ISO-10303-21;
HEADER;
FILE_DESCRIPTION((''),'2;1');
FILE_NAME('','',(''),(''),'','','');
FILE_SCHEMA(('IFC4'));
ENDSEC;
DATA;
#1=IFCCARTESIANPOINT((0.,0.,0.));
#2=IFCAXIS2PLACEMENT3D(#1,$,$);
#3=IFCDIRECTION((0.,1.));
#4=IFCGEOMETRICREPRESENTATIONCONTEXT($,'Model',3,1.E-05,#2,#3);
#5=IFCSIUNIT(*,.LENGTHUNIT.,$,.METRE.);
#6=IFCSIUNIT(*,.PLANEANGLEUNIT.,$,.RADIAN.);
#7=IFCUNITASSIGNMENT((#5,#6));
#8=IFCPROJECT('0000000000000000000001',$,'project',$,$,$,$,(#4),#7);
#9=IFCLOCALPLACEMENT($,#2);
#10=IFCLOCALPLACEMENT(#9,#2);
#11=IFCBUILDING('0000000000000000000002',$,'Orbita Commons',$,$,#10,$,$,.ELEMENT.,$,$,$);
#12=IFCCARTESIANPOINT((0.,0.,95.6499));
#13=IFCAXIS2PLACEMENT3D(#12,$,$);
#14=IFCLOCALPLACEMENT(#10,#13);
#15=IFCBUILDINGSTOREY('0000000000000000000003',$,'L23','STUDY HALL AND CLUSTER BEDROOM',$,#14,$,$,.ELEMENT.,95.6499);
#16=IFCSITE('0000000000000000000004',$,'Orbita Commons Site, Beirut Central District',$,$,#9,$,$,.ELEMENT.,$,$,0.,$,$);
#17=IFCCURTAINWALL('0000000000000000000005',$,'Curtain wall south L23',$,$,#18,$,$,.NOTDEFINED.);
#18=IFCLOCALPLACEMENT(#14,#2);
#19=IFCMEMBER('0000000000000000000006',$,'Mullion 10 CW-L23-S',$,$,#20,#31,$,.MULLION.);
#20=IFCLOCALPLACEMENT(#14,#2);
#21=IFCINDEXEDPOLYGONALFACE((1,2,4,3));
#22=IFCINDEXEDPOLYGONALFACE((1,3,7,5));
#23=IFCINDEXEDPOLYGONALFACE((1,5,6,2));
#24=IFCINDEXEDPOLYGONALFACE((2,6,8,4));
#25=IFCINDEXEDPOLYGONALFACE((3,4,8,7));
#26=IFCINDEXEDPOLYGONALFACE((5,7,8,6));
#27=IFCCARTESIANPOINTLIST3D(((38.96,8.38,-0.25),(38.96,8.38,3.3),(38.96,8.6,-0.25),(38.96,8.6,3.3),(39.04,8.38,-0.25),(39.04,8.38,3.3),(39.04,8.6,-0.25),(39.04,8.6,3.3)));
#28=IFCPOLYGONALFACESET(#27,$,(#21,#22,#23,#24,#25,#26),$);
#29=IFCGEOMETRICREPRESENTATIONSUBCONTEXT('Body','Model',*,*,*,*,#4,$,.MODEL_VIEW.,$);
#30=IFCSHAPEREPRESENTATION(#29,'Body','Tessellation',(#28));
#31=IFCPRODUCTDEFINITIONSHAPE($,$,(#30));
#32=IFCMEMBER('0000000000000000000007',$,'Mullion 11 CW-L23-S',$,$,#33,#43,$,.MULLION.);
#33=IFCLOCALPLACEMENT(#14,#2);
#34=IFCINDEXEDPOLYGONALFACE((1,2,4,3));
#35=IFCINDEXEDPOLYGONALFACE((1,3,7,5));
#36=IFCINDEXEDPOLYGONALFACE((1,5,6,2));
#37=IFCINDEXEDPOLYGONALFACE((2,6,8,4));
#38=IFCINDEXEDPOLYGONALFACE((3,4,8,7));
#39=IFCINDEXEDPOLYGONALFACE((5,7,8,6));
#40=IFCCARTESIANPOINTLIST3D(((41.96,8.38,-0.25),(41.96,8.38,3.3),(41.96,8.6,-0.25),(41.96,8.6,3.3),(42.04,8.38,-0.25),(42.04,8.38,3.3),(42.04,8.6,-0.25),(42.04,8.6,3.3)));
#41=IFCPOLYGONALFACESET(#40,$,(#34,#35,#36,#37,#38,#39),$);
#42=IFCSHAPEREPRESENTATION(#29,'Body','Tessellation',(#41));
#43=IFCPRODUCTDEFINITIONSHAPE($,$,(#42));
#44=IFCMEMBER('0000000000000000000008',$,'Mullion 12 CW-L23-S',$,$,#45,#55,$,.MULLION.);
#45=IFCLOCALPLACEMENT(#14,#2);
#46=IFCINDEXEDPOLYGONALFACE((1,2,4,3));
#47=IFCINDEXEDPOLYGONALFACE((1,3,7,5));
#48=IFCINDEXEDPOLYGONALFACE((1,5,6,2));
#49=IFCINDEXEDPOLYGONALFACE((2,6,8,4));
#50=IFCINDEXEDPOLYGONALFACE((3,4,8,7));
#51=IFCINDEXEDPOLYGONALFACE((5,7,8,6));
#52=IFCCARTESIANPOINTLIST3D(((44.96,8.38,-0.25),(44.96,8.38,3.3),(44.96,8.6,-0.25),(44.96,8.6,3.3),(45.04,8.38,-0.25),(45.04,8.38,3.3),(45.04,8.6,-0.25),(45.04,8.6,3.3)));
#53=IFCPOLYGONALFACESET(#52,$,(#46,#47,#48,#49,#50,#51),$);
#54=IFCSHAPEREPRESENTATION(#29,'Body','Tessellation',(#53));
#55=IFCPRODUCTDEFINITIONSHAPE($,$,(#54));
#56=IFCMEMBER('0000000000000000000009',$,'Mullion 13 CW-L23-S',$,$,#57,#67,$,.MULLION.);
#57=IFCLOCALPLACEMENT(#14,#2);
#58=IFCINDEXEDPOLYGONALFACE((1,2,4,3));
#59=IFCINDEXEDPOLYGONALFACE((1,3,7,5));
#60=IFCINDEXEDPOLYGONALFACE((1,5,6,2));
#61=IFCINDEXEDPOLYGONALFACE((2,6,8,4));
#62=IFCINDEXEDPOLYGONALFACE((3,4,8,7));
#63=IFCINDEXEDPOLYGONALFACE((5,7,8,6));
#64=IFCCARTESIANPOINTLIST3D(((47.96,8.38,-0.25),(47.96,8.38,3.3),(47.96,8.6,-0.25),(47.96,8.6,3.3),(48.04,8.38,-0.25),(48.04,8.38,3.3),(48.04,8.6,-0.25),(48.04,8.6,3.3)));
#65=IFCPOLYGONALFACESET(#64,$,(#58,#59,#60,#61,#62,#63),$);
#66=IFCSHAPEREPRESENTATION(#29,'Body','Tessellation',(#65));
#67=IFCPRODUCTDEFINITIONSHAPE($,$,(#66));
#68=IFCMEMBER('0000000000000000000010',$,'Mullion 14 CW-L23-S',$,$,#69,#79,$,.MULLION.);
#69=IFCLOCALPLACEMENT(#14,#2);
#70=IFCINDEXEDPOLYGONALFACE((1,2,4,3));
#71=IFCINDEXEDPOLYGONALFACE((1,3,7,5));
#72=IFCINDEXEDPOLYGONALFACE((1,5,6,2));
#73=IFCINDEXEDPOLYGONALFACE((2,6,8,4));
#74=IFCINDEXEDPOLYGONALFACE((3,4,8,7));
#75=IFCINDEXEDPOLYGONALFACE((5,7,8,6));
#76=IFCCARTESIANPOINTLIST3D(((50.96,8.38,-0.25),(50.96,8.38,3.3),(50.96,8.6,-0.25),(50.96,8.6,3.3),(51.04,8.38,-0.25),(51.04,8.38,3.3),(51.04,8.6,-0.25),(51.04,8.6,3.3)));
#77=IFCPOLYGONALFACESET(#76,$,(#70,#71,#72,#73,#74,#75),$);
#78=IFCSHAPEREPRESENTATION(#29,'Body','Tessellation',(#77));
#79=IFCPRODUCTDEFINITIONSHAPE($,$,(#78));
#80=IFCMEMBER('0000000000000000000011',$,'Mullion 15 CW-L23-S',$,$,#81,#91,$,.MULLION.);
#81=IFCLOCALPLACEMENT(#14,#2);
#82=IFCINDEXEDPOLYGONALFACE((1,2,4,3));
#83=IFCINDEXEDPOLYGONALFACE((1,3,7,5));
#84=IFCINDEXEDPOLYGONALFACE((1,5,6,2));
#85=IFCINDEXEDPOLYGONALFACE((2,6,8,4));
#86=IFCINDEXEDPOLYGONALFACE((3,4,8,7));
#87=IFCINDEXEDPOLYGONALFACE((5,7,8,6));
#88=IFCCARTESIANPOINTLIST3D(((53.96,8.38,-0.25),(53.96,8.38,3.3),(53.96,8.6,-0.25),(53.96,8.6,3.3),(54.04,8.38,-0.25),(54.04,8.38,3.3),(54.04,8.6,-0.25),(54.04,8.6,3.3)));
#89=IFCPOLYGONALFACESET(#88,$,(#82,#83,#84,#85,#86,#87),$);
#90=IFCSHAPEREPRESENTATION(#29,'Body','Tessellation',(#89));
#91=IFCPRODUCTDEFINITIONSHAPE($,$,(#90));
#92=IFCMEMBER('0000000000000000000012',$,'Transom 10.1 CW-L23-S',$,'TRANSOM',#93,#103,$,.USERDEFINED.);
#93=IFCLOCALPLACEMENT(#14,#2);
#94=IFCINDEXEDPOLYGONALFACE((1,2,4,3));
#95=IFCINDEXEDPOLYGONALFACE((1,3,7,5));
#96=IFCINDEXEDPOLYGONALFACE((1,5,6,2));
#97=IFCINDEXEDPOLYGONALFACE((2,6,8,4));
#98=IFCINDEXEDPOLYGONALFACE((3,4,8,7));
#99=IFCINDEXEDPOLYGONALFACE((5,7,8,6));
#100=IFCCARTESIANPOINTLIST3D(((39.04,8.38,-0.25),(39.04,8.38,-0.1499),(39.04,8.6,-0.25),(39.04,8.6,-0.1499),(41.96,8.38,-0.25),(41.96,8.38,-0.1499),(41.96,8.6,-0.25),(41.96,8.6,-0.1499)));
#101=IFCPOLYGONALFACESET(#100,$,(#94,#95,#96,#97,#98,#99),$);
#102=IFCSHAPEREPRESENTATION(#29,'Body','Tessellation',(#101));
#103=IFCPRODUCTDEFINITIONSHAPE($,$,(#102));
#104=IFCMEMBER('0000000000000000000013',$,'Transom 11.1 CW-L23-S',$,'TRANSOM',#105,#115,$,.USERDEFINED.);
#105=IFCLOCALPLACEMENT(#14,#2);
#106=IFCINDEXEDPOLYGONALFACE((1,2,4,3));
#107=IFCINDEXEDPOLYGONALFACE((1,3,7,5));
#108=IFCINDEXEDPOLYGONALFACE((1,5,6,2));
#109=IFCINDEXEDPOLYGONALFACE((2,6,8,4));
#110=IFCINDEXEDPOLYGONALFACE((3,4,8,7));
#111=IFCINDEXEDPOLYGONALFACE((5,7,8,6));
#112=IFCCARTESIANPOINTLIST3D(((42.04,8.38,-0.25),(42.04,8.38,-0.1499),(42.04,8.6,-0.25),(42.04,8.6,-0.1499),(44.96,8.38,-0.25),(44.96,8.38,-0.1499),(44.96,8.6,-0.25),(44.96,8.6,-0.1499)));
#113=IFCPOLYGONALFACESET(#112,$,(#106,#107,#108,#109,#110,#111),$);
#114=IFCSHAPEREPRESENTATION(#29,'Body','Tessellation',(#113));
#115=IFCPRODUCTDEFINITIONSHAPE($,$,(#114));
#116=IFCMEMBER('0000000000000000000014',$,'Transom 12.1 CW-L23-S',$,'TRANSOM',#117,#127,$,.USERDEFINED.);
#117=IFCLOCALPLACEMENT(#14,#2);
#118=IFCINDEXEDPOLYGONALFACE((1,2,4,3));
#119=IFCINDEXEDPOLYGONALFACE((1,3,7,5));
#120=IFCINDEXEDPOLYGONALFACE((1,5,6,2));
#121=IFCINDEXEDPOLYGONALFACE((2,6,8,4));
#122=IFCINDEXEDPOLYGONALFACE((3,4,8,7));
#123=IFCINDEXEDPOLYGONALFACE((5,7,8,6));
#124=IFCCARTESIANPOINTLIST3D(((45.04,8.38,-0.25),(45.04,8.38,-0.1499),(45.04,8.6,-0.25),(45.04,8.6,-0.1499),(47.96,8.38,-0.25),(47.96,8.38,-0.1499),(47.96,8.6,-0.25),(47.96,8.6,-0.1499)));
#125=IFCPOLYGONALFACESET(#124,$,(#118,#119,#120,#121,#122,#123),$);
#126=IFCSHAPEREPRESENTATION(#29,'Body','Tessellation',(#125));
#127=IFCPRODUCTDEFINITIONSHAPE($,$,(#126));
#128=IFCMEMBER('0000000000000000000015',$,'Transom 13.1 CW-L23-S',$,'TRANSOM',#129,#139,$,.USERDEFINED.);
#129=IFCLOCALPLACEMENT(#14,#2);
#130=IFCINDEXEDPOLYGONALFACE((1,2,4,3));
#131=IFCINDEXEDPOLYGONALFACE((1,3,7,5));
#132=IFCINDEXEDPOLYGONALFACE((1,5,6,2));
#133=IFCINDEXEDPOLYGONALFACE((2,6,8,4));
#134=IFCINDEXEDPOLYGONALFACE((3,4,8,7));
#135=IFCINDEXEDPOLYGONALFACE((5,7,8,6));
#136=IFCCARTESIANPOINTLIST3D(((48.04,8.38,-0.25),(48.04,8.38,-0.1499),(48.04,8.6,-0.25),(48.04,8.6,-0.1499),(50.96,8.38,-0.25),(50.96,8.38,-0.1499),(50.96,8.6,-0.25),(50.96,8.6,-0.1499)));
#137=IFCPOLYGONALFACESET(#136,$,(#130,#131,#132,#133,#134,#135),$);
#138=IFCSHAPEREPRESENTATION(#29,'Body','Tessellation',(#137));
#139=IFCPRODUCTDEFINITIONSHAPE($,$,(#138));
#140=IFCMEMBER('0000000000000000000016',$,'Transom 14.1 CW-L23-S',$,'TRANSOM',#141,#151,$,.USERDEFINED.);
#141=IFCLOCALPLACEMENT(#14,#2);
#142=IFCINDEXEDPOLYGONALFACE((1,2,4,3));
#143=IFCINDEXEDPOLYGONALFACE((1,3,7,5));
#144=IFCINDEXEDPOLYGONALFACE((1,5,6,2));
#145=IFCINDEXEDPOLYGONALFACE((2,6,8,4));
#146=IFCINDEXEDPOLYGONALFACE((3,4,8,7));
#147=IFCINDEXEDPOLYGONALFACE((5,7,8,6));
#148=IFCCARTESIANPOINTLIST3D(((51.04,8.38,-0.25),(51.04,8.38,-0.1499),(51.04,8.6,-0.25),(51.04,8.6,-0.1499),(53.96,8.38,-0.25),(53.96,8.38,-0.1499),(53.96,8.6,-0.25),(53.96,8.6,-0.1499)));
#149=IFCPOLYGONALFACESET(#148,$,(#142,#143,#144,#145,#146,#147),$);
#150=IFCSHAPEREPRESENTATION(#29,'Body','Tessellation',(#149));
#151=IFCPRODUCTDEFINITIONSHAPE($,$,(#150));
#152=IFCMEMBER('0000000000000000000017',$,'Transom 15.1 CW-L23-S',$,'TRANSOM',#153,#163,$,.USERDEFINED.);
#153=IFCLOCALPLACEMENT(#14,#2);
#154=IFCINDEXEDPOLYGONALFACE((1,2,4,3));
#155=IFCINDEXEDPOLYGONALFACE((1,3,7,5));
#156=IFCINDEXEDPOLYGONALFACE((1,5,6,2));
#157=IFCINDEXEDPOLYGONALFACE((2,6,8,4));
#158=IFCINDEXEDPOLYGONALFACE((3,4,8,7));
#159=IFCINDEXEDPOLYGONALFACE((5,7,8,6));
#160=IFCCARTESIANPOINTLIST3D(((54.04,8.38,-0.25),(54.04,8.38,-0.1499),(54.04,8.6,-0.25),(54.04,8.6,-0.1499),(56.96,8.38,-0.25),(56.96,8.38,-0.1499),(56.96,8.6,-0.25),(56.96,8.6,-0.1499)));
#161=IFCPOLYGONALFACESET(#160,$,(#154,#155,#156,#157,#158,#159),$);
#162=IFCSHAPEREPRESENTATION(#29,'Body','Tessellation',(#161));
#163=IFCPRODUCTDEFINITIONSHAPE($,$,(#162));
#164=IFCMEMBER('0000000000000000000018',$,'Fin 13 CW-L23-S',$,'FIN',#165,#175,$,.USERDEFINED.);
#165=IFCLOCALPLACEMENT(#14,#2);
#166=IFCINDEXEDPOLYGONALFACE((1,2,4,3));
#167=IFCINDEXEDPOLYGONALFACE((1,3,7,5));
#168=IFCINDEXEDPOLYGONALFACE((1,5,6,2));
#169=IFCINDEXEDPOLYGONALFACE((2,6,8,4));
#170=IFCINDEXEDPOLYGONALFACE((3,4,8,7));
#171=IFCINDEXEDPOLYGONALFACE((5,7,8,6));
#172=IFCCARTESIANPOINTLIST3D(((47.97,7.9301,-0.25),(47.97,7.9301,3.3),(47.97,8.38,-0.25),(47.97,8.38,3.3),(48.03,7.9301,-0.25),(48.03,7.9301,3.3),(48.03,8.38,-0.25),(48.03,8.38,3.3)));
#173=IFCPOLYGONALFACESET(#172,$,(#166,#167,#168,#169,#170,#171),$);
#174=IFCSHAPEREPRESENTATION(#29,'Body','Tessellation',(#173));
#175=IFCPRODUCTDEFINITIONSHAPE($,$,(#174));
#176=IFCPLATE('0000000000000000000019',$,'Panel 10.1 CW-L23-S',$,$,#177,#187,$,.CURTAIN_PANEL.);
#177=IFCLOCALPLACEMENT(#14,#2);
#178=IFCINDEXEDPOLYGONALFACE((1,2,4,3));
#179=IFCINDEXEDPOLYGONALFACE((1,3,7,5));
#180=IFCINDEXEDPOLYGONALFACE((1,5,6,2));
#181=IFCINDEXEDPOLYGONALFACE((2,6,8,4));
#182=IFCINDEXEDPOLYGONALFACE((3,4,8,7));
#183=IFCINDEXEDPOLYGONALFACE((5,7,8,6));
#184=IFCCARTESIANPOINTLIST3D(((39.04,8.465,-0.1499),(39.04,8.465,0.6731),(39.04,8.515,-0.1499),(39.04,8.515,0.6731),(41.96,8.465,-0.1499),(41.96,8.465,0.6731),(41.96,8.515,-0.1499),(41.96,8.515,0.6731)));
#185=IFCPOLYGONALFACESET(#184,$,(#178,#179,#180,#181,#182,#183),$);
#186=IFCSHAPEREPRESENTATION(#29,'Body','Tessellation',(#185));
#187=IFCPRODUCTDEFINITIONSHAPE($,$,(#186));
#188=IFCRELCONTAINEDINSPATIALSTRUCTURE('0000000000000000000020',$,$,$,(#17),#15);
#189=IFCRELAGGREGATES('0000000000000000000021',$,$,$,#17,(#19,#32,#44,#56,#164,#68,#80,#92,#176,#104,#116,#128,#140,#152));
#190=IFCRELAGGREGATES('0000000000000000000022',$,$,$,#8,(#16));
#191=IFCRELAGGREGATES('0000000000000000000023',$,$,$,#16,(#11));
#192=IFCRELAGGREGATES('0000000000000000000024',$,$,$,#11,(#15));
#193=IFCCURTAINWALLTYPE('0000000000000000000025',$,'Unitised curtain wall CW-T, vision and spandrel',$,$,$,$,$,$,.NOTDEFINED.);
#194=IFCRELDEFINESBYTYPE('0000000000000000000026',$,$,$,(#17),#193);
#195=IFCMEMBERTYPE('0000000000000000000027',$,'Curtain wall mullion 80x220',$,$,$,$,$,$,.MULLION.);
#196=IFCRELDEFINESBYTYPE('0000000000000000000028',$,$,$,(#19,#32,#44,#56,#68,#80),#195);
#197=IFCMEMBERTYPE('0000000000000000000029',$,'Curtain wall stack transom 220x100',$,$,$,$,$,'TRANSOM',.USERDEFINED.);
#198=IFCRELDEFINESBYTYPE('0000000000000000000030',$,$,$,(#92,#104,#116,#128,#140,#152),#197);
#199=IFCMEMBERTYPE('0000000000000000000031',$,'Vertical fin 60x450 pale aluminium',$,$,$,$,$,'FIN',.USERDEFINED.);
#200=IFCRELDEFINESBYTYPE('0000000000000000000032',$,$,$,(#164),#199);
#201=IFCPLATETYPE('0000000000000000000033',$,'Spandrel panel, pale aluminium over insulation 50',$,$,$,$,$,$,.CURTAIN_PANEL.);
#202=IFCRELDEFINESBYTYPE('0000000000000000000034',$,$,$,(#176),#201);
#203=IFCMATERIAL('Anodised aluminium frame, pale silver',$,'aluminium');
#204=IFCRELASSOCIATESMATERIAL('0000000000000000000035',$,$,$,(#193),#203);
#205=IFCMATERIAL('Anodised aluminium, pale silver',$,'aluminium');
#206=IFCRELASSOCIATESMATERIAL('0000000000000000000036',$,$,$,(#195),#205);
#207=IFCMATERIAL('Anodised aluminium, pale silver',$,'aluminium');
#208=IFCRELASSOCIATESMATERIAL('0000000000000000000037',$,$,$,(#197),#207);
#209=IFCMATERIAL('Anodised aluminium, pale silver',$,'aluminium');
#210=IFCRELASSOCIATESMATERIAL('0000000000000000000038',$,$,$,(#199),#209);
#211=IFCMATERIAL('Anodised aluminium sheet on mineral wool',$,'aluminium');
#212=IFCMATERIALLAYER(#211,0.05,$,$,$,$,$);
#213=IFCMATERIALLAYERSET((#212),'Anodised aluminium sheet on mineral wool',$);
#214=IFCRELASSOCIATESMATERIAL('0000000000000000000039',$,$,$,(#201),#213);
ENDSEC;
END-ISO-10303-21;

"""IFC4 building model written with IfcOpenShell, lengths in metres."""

from ifc_helpers import new_model, si_unit, direction, frame, origin, origin_2d, place, context, subcontext, project, spatial, rectangle, extrude, material, layer, layer_set, material_profile, profile_set, type_object, element, aggregate, save


model = new_model("IFC4")

# Units and contexts
model_context = context("Model", 3, precision=1e-05, world=origin(), true_north=direction((0.0, 1.0)))
body_context = subcontext(model_context, "Body", "Model", "MODEL_VIEW")
ifc_project = project(units=[si_unit("LENGTHUNIT", "METRE"), si_unit("PLANEANGLEUNIT", "RADIAN")], contexts=[model_context])

# Site, building, storey
site_placement = place(None, origin())
site = spatial("IfcSite", under=ifc_project, at=site_placement, Name="Orbita Commons Site, Beirut Central District", CompositionType="ELEMENT", RefElevation=0.0)
building_placement = place(site_placement, origin())
building = spatial("IfcBuilding", under=site, at=building_placement, Name="Orbita Commons", CompositionType="ELEMENT")
storey_placement = place(building_placement, frame((0.0, 0.0, 95.6499)))
storey = spatial("IfcBuildingStorey", under=building, at=storey_placement, Name="L23", Description="STUDY HALL AND CLUSTER BEDROOM", CompositionType="ELEMENT", Elevation=95.6499)

# Curtain wall, members, plate
ifc_material_1 = material(Name="Anodised aluminium frame, pale silver", Category="aluminium")
curtain_wall_type = type_object("IfcCurtainWallType", Name="Unitised curtain wall CW-T, vision and spandrel", PredefinedType="NOTDEFINED", material=ifc_material_1)
curtain_wall_placement = place(storey_placement, origin())
curtain_wall = element("IfcCurtainWall", 1, at=curtain_wall_placement, inside=storey, type_object=curtain_wall_type, Name="Curtain wall south L23", PredefinedType="NOTDEFINED")
ifc_material_2 = material(Name="Anodised aluminium, pale silver", Category="aluminium")
ifc_material_profile_1 = material_profile(ifc_material_2, rectangle(XDim=0.0801, YDim=0.22, at=origin_2d()), Name="AL 80x220")
ifc_profile_set_1 = profile_set([ifc_material_profile_1], Name="Anodised aluminium, pale silver")
member_type_1 = type_object("IfcMemberType", Name="Curtain wall mullion 80x220", PredefinedType="MULLION", material=ifc_profile_set_1)
member_1_placement = place(storey_placement, frame((39.0, 8.49, -0.25), z_axis=(0.0, 0.0, 1.0), x_axis=(1.0, 0.0, 0.0)))
member_1 = element("IfcMember", 2, at=member_1_placement, type_object=member_type_1, Name="Mullion 10 CW-L23-S", PredefinedType="MULLION", context=body_context, shape_type="SweptSolid", body=[
    extrude(rectangle(XDim=0.0801, YDim=0.22, at=origin_2d()), origin(), (0.0, 0.0, 1.0), 3.55),
])
member_2_placement = place(storey_placement, frame((42.0, 8.49, -0.25), z_axis=(0.0, 0.0, 1.0), x_axis=(1.0, 0.0, 0.0)))
member_2 = element("IfcMember", 3, at=member_2_placement, type_object=member_type_1, Name="Mullion 11 CW-L23-S", PredefinedType="MULLION", context=body_context, shape_type="SweptSolid", body=[
    extrude(rectangle(XDim=0.0801, YDim=0.22, at=origin_2d()), origin(), (0.0, 0.0, 1.0), 3.55),
])
member_3_placement = place(storey_placement, frame((45.0, 8.49, -0.25), z_axis=(0.0, 0.0, 1.0), x_axis=(1.0, 0.0, 0.0)))
member_3 = element("IfcMember", 4, at=member_3_placement, type_object=member_type_1, Name="Mullion 12 CW-L23-S", PredefinedType="MULLION", context=body_context, shape_type="SweptSolid", body=[
    extrude(rectangle(XDim=0.0801, YDim=0.22, at=origin_2d()), origin(), (0.0, 0.0, 1.0), 3.55),
])
member_4_placement = place(storey_placement, frame((48.0, 8.49, -0.25), z_axis=(0.0, 0.0, 1.0), x_axis=(1.0, 0.0, 0.0)))
member_4 = element("IfcMember", 5, at=member_4_placement, type_object=member_type_1, Name="Mullion 13 CW-L23-S", PredefinedType="MULLION", context=body_context, shape_type="SweptSolid", body=[
    extrude(rectangle(XDim=0.0801, YDim=0.22, at=origin_2d()), origin(), (0.0, 0.0, 1.0), 3.55),
])
member_5_placement = place(storey_placement, frame((51.0, 8.49, -0.25), z_axis=(0.0, 0.0, 1.0), x_axis=(1.0, 0.0, 0.0)))
member_5 = element("IfcMember", 6, at=member_5_placement, type_object=member_type_1, Name="Mullion 14 CW-L23-S", PredefinedType="MULLION", context=body_context, shape_type="SweptSolid", body=[
    extrude(rectangle(XDim=0.0801, YDim=0.22, at=origin_2d()), origin(), (0.0, 0.0, 1.0), 3.55),
])
member_6_placement = place(storey_placement, frame((54.0, 8.49, -0.25), z_axis=(0.0, 0.0, 1.0), x_axis=(1.0, 0.0, 0.0)))
member_6 = element("IfcMember", 7, at=member_6_placement, type_object=member_type_1, Name="Mullion 15 CW-L23-S", PredefinedType="MULLION", context=body_context, shape_type="SweptSolid", body=[
    extrude(rectangle(XDim=0.0801, YDim=0.22, at=origin_2d()), origin(), (0.0, 0.0, 1.0), 3.55),
])
ifc_material_3 = material(Name="Anodised aluminium, pale silver", Category="aluminium")
ifc_material_profile_2 = material_profile(ifc_material_3, rectangle(XDim=0.22, YDim=0.1001, at=origin_2d()), Name="AL 220x100")
ifc_profile_set_2 = profile_set([ifc_material_profile_2], Name="Anodised aluminium, pale silver")
member_type_2 = type_object("IfcMemberType", Name="Curtain wall stack transom 220x100", ElementType="TRANSOM", PredefinedType="USERDEFINED", material=ifc_profile_set_2)
member_7_placement = place(storey_placement, frame((39.04, 8.49, -0.2), z_axis=(1.0, 0.0, 0.0), x_axis=(0.0, 1.0, 0.0)))
member_7 = element("IfcMember", 8, at=member_7_placement, type_object=member_type_2, Name="Transom 10.1 CW-L23-S", ObjectType="TRANSOM", PredefinedType="USERDEFINED", context=body_context, shape_type="SweptSolid", body=[
    extrude(rectangle(XDim=0.22, YDim=0.1001, at=origin_2d()), origin(), (0.0, 0.0, 1.0), 2.9199),
])
member_8_placement = place(storey_placement, frame((42.04, 8.49, -0.2), z_axis=(1.0, 0.0, 0.0), x_axis=(0.0, 1.0, 0.0)))
member_8 = element("IfcMember", 9, at=member_8_placement, type_object=member_type_2, Name="Transom 11.1 CW-L23-S", ObjectType="TRANSOM", PredefinedType="USERDEFINED", context=body_context, shape_type="SweptSolid", body=[
    extrude(rectangle(XDim=0.22, YDim=0.1001, at=origin_2d()), origin(), (0.0, 0.0, 1.0), 2.9199),
])
member_9_placement = place(storey_placement, frame((45.04, 8.49, -0.2), z_axis=(1.0, 0.0, 0.0), x_axis=(0.0, 1.0, 0.0)))
member_9 = element("IfcMember", 10, at=member_9_placement, type_object=member_type_2, Name="Transom 12.1 CW-L23-S", ObjectType="TRANSOM", PredefinedType="USERDEFINED", context=body_context, shape_type="SweptSolid", body=[
    extrude(rectangle(XDim=0.22, YDim=0.1001, at=origin_2d()), origin(), (0.0, 0.0, 1.0), 2.9199),
])
member_10_placement = place(storey_placement, frame((48.04, 8.49, -0.2), z_axis=(1.0, 0.0, 0.0), x_axis=(0.0, 1.0, 0.0)))
member_10 = element("IfcMember", 11, at=member_10_placement, type_object=member_type_2, Name="Transom 13.1 CW-L23-S", ObjectType="TRANSOM", PredefinedType="USERDEFINED", context=body_context, shape_type="SweptSolid", body=[
    extrude(rectangle(XDim=0.22, YDim=0.1001, at=origin_2d()), origin(), (0.0, 0.0, 1.0), 2.9199),
])
member_11_placement = place(storey_placement, frame((51.04, 8.49, -0.2), z_axis=(1.0, 0.0, 0.0), x_axis=(0.0, 1.0, 0.0)))
member_11 = element("IfcMember", 12, at=member_11_placement, type_object=member_type_2, Name="Transom 14.1 CW-L23-S", ObjectType="TRANSOM", PredefinedType="USERDEFINED", context=body_context, shape_type="SweptSolid", body=[
    extrude(rectangle(XDim=0.22, YDim=0.1001, at=origin_2d()), origin(), (0.0, 0.0, 1.0), 2.9199),
])
member_12_placement = place(storey_placement, frame((54.04, 8.49, -0.2), z_axis=(1.0, 0.0, 0.0), x_axis=(0.0, 1.0, 0.0)))
member_12 = element("IfcMember", 13, at=member_12_placement, type_object=member_type_2, Name="Transom 15.1 CW-L23-S", ObjectType="TRANSOM", PredefinedType="USERDEFINED", context=body_context, shape_type="SweptSolid", body=[
    extrude(rectangle(XDim=0.22, YDim=0.1001, at=origin_2d()), origin(), (0.0, 0.0, 1.0), 2.9199),
])
ifc_material_4 = material(Name="Anodised aluminium, pale silver", Category="aluminium")
ifc_material_profile_3 = material_profile(ifc_material_4, rectangle(XDim=0.0601, YDim=0.45, at=origin_2d()), Name="FIN 60x450")
ifc_profile_set_3 = profile_set([ifc_material_profile_3], Name="Anodised aluminium, pale silver")
member_type_3 = type_object("IfcMemberType", Name="Vertical fin 60x450 pale aluminium", ElementType="FIN", PredefinedType="USERDEFINED", material=ifc_profile_set_3)
member_13_placement = place(storey_placement, frame((48.0, 8.155, -0.25), z_axis=(0.0, 0.0, 1.0), x_axis=(1.0, 0.0, 0.0)))
member_13 = element("IfcMember", 14, at=member_13_placement, type_object=member_type_3, Name="Fin 13 CW-L23-S", ObjectType="FIN", PredefinedType="USERDEFINED", context=body_context, shape_type="SweptSolid", body=[
    extrude(rectangle(XDim=0.0601, YDim=0.45, at=origin_2d()), origin(), (0.0, 0.0, 1.0), 3.55),
])
ifc_material_5 = material(Name="Anodised aluminium sheet on mineral wool", Category="aluminium")
ifc_layer_1 = layer(ifc_material_5, 0.05)
ifc_layer_set_1 = layer_set([ifc_layer_1], Name="Anodised aluminium sheet on mineral wool")
plate_type_1 = type_object("IfcPlateType", Name="Spandrel panel, pale aluminium over insulation 50", PredefinedType="CURTAIN_PANEL", material=ifc_layer_set_1)
plate_1_placement = place(storey_placement, frame((40.5, 8.49, -0.1499), z_axis=(0.0, 0.0, 1.0), x_axis=(1.0, 0.0, 0.0)))
plate_1 = element("IfcPlate", 15, at=plate_1_placement, type_object=plate_type_1, Name="Panel 10.1 CW-L23-S", PredefinedType="CURTAIN_PANEL", context=body_context, shape_type="SweptSolid", body=[
    extrude(rectangle(XDim=2.9199, YDim=0.05, at=origin_2d()), origin(), (0.0, 0.0, 1.0), 0.823),
])
aggregate(curtain_wall, [member_1, member_2, member_3, member_4, member_13, member_5, member_6, member_7, plate_1, member_8, member_9, member_10, member_11, member_12])

save(model, "model.ifc")
